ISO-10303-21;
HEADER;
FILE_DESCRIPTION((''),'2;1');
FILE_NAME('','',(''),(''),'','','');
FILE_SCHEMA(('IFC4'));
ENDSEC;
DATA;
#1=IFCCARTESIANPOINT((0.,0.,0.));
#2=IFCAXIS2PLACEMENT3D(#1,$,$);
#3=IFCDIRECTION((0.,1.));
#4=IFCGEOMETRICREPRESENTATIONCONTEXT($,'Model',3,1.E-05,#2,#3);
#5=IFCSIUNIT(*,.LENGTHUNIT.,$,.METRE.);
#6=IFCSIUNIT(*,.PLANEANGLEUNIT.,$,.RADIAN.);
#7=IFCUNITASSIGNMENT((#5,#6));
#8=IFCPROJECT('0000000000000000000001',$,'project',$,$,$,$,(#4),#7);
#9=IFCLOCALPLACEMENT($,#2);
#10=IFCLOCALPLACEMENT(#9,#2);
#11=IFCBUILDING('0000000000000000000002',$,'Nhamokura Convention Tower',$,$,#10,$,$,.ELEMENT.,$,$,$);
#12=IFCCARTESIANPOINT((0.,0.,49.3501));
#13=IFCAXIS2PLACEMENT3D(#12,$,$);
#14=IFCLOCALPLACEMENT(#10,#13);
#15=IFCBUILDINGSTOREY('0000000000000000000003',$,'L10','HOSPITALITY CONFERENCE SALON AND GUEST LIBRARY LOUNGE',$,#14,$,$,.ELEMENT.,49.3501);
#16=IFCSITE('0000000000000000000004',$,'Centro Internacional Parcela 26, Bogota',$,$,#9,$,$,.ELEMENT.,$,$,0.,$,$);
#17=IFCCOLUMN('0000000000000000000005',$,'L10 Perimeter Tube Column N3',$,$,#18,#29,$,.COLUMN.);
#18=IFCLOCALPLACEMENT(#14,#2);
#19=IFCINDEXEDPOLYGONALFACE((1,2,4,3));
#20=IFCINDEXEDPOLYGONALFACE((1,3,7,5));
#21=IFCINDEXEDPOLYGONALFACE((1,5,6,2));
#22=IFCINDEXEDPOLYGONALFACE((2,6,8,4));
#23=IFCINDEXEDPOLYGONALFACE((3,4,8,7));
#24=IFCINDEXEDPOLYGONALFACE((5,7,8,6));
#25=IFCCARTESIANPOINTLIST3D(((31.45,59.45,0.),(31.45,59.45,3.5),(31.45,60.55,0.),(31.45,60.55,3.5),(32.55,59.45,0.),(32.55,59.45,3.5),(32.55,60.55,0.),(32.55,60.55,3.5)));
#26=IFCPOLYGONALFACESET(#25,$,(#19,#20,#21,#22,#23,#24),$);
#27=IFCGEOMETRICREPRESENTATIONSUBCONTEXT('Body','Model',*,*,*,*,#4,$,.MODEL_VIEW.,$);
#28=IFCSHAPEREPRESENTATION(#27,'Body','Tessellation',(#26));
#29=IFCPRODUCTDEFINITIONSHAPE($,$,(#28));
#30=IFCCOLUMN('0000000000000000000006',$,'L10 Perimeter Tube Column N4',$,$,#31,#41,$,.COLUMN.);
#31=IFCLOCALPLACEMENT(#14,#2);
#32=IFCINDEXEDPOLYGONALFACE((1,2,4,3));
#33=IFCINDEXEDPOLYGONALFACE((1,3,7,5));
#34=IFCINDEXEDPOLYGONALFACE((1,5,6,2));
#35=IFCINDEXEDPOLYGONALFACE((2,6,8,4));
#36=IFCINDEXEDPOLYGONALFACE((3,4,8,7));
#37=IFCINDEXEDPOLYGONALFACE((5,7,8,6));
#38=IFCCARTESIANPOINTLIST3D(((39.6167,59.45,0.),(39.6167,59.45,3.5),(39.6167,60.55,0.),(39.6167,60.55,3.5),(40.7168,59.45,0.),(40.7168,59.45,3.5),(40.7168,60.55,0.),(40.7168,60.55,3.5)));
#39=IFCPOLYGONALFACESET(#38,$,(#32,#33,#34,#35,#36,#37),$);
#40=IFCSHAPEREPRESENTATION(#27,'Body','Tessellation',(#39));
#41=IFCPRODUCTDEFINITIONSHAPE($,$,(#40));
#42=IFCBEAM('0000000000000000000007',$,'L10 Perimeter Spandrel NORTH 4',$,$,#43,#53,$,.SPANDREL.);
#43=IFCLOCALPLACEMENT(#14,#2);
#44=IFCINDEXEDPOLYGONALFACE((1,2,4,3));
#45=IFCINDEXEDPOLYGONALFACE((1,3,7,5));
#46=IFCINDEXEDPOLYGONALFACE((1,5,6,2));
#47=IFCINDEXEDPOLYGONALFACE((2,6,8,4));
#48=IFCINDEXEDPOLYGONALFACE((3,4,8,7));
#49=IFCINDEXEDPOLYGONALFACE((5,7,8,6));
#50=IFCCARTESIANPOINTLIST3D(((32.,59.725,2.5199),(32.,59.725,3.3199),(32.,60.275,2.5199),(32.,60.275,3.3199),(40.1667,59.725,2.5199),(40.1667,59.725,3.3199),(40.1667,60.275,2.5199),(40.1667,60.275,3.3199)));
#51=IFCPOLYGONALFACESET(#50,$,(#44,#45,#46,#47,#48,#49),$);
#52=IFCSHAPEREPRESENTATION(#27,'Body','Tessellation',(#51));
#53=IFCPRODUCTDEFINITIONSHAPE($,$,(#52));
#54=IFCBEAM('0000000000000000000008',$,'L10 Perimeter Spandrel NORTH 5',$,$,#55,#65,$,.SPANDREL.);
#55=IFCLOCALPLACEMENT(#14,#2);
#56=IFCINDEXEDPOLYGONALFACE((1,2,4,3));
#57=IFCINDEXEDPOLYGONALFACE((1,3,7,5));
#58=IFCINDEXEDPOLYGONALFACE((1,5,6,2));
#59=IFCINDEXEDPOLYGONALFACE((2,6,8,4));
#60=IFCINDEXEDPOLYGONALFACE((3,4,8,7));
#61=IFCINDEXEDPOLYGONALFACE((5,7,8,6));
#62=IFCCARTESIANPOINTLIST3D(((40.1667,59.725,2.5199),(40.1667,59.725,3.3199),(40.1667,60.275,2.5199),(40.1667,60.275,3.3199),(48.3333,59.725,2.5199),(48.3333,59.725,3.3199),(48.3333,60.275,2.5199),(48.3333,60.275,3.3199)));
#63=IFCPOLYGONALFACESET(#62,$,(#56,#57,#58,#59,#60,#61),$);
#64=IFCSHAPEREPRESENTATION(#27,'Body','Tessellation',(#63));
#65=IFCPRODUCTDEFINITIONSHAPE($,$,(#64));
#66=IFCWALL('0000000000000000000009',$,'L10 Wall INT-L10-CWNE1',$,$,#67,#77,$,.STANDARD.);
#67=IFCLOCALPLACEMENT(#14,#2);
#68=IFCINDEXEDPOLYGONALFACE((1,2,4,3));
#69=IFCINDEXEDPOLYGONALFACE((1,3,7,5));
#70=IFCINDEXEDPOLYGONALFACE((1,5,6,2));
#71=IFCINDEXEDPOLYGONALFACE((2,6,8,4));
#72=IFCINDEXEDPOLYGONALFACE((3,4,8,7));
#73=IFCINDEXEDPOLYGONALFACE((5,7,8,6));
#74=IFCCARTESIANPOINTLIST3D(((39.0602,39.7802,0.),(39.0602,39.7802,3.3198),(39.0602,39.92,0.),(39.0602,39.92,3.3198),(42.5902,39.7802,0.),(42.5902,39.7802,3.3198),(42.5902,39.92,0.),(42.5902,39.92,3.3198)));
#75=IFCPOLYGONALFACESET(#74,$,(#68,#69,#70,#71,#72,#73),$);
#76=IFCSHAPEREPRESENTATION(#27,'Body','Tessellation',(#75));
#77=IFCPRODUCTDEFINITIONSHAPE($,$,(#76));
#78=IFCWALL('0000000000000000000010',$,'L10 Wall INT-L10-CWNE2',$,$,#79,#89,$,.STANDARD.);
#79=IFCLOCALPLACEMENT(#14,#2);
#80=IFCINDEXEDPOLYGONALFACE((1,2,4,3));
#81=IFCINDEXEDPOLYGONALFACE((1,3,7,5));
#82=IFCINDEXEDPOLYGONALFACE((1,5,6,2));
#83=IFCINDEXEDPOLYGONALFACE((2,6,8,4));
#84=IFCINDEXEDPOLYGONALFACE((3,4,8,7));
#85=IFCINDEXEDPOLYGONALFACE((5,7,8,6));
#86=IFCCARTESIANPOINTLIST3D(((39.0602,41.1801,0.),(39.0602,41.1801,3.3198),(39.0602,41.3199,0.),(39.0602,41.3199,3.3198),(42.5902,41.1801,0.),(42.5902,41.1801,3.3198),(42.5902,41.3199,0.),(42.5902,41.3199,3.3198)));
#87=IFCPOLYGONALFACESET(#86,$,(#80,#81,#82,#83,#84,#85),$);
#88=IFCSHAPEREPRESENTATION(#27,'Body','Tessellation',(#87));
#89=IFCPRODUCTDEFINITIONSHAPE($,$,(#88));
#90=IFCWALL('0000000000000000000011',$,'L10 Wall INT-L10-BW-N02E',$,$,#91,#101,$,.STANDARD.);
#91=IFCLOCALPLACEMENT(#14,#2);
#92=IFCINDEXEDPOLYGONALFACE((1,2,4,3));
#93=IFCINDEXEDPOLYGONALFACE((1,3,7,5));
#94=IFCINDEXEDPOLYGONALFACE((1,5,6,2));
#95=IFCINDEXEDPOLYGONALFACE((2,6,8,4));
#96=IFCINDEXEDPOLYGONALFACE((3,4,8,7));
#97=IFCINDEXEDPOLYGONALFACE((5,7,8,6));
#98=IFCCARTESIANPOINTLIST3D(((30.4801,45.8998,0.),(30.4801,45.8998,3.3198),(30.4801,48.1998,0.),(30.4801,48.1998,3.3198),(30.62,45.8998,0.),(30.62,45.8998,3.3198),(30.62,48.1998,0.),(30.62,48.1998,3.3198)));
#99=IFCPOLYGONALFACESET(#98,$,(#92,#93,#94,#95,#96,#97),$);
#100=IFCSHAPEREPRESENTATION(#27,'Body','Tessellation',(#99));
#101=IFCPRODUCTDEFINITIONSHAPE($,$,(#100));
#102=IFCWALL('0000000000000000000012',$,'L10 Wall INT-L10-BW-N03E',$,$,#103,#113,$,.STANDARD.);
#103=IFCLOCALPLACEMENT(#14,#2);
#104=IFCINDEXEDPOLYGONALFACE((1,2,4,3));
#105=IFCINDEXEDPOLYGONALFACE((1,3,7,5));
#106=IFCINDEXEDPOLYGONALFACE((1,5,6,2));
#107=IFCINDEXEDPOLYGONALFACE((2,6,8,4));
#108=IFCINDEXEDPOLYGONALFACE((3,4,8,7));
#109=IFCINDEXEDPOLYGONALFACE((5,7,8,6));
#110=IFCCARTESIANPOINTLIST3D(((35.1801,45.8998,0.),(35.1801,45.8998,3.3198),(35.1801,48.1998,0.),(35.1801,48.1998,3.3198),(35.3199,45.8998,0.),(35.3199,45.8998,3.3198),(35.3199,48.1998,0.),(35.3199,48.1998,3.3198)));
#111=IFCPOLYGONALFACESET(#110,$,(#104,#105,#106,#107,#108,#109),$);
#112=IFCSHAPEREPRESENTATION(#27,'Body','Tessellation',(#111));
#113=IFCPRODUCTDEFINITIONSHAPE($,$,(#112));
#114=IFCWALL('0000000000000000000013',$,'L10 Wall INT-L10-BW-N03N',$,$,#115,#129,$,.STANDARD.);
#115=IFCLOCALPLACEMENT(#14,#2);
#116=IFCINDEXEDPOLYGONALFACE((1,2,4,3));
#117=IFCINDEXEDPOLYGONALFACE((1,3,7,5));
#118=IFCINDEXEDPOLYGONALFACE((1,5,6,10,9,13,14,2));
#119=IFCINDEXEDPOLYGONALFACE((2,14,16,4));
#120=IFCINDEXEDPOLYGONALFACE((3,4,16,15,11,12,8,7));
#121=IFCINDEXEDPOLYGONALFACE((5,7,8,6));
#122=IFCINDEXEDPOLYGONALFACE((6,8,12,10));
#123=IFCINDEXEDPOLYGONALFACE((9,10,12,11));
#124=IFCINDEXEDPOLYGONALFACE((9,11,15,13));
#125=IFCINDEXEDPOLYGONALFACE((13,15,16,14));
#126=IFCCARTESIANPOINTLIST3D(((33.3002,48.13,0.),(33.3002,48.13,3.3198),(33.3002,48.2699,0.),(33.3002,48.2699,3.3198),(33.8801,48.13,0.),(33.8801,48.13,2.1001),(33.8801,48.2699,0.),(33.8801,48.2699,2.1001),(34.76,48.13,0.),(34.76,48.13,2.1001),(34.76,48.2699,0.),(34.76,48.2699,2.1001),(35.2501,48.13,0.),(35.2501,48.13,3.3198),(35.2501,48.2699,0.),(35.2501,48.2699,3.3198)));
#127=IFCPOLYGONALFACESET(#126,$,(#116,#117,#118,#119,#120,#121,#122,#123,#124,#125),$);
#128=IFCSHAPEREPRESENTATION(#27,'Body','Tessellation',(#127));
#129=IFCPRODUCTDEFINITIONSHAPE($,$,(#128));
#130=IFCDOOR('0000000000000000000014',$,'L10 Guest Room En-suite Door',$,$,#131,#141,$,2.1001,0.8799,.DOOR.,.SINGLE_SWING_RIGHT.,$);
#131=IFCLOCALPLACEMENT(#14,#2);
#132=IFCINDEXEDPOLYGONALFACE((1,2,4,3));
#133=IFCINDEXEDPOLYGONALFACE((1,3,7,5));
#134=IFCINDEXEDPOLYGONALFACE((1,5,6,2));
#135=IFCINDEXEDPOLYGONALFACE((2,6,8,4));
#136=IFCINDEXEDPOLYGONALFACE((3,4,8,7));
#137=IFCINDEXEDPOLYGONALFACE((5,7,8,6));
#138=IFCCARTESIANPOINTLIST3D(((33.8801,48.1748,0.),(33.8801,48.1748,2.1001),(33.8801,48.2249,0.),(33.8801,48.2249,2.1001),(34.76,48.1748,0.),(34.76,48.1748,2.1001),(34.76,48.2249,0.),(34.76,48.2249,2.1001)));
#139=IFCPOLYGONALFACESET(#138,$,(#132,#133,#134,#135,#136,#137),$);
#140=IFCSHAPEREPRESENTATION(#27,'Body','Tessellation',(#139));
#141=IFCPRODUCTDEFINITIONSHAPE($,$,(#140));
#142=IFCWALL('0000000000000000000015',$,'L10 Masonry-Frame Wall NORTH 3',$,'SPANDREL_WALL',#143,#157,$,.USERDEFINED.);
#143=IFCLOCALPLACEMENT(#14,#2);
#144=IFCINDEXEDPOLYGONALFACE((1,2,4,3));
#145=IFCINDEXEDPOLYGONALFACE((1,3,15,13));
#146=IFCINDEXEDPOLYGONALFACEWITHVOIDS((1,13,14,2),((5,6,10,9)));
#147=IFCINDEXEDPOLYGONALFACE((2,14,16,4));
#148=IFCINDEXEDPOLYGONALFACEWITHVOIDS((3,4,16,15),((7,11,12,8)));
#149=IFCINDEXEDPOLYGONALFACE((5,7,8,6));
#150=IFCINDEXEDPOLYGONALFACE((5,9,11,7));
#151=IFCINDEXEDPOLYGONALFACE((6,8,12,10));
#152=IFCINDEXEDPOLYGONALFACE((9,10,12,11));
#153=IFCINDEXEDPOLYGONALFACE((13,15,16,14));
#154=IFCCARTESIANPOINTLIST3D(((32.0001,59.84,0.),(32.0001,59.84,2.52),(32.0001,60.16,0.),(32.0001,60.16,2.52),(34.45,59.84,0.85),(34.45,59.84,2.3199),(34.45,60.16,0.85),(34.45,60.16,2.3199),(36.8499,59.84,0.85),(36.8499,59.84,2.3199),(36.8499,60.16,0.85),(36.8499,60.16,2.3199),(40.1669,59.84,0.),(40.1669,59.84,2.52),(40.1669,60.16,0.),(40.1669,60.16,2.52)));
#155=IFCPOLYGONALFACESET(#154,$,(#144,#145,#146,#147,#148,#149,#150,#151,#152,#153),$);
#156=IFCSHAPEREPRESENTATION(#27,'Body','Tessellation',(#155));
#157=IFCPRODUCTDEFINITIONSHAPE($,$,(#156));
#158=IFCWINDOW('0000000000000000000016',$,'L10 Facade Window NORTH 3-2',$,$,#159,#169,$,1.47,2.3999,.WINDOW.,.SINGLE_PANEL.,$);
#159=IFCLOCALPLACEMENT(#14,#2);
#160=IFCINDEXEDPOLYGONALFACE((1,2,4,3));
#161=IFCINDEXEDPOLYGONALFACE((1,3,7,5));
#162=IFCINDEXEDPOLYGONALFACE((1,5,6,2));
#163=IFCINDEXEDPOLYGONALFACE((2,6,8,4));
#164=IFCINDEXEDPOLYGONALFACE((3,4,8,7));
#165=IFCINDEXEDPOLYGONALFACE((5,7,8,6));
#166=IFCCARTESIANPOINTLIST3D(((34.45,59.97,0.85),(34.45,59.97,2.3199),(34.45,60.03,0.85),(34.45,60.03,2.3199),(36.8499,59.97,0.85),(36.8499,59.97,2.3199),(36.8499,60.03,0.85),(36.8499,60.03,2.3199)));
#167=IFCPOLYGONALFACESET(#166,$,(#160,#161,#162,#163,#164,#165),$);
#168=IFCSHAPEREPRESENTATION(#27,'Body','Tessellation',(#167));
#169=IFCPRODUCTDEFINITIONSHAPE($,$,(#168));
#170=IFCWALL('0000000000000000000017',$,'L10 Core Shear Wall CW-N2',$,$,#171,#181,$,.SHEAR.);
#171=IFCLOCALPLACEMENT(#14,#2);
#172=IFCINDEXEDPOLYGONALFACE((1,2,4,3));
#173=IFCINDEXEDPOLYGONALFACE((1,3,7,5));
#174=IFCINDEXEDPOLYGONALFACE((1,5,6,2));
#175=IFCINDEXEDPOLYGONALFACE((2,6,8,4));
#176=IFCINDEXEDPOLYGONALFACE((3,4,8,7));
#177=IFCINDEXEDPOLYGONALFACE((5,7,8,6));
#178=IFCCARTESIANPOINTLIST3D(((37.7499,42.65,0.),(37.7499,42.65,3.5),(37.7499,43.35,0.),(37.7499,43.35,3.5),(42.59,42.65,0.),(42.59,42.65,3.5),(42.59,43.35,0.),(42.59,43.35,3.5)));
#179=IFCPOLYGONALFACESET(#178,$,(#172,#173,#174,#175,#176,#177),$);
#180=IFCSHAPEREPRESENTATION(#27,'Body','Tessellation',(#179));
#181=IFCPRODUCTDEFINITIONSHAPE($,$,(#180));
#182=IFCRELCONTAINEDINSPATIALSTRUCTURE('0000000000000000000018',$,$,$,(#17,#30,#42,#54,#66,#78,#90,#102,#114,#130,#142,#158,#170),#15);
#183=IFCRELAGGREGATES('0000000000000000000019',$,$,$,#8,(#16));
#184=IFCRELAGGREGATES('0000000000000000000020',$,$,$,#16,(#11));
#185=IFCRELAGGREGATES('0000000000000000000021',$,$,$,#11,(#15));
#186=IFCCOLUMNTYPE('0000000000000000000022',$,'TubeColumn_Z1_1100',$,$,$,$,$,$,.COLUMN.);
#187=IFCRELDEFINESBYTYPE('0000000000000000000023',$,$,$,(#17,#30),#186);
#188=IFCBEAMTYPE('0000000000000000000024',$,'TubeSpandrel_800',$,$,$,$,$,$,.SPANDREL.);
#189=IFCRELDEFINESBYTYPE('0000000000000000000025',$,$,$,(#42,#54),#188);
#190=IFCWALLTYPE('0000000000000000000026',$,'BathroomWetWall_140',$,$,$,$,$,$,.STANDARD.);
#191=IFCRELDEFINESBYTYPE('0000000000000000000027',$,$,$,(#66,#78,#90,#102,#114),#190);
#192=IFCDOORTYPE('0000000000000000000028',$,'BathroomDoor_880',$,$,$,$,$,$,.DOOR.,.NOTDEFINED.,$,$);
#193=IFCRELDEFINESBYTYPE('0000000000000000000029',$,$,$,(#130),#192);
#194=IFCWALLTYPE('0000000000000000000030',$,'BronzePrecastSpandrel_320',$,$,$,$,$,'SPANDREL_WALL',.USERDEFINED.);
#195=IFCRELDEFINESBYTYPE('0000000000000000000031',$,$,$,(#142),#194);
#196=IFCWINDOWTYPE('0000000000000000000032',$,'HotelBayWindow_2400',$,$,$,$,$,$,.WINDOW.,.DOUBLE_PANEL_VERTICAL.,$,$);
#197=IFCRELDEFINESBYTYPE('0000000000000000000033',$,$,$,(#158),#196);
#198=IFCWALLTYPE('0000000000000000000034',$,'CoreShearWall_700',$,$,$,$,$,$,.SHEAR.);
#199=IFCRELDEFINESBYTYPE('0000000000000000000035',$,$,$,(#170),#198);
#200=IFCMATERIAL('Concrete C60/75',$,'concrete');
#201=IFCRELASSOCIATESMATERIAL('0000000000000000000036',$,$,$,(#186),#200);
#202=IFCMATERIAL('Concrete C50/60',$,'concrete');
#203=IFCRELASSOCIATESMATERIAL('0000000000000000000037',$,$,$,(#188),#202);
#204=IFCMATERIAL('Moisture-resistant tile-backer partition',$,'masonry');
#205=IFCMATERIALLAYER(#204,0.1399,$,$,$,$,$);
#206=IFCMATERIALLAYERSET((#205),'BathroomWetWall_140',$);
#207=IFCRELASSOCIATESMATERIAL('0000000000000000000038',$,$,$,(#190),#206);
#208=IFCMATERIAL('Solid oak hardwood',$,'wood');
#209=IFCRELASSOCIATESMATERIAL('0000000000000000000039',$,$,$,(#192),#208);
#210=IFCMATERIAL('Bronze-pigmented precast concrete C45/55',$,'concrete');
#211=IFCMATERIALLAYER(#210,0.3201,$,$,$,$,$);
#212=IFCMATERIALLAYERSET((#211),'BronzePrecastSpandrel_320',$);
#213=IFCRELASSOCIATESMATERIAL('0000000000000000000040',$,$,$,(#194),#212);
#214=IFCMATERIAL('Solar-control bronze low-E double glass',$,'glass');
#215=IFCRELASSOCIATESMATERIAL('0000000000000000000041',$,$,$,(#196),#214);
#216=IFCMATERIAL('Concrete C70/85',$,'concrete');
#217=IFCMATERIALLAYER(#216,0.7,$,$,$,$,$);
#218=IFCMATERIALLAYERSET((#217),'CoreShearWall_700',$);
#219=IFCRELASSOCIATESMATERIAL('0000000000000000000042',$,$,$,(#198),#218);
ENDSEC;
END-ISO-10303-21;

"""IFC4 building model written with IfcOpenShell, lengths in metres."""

from ifc_helpers import new_model, si_unit, direction, frame, frame_2d, origin, origin_2d, place, context, subcontext, project, spatial, rectangle, extrude, material, layer, layer_set, material_profile, profile_set, type_object, element, fill, save


model = new_model("IFC4")

# Units and contexts
model_context = context("Model", 3, precision=1e-05, world=origin(), true_north=direction((0.0, 1.0)))
body_context = subcontext(model_context, "Body", "Model", "MODEL_VIEW")
ifc_project = project(units=[si_unit("LENGTHUNIT", "METRE"), si_unit("PLANEANGLEUNIT", "RADIAN")], contexts=[model_context])

# Site, building, storey
site_placement = place(None, origin())
site = spatial("IfcSite", under=ifc_project, at=site_placement, Name="Centro Internacional Parcela 26, Bogota", CompositionType="ELEMENT", RefElevation=0.0)
building_placement = place(site_placement, origin())
building = spatial("IfcBuilding", under=site, at=building_placement, Name="Nhamokura Convention Tower", CompositionType="ELEMENT")
storey_placement = place(building_placement, frame((0.0, 0.0, 49.3501)))
storey = spatial("IfcBuildingStorey", under=building, at=storey_placement, Name="L10", Description="HOSPITALITY CONFERENCE SALON AND GUEST LIBRARY LOUNGE", CompositionType="ELEMENT", Elevation=49.3501)

# Columns
ifc_material_1 = material(Name="Concrete C60/75", Category="concrete")
ifc_material_profile_1 = material_profile(ifc_material_1, rectangle(XDim=1.1001, YDim=1.1001, at=origin_2d()))
ifc_profile_set_1 = profile_set([ifc_material_profile_1], Name="Concrete C60/75")
column_type = type_object("IfcColumnType", Name="TubeColumn_Z1_1100", PredefinedType="COLUMN", material=ifc_profile_set_1)
for number, where, z_axis, x_axis, name in (
    (1, (32.0, 60.0, 0.0), (0.0, 0.0, 1.0), (1.0, 0.0, 0.0), "L10 Perimeter Tube Column N3"),
    (2, (40.1667, 60.0, 0.0), (0.0, 0.0, 1.0), (1.0, 0.0, 0.0), "L10 Perimeter Tube Column N4"),
):
    element("IfcColumn", number, at=place(storey_placement, frame(where, z_axis=z_axis, x_axis=x_axis)), inside=storey, type_object=column_type, Name=name, PredefinedType="COLUMN", context=body_context, shape_type="SweptSolid", body=[
        extrude(rectangle(XDim=1.1001, YDim=1.1001, at=origin_2d()), origin(), (0.0, 0.0, 1.0), 3.5),
    ])

# Beams
ifc_material_2 = material(Name="Concrete C50/60", Category="concrete")
ifc_material_profile_2 = material_profile(ifc_material_2, rectangle(XDim=0.55, YDim=0.8, at=origin_2d()))
ifc_profile_set_2 = profile_set([ifc_material_profile_2], Name="Concrete C50/60")
beam_type = type_object("IfcBeamType", Name="TubeSpandrel_800", PredefinedType="SPANDREL", material=ifc_profile_set_2)
beam_1_placement = place(storey_placement, frame((32.0, 60.0, 2.9199), z_axis=(1.0, 0.0, 0.0), x_axis=(0.0, 1.0, 0.0)))
element("IfcBeam", 3, at=beam_1_placement, inside=storey, type_object=beam_type, Name="L10 Perimeter Spandrel NORTH 4", PredefinedType="SPANDREL", context=body_context, shape_type="SweptSolid", body=[
    extrude(rectangle(XDim=0.55, YDim=0.8, at=origin_2d()), origin(), (0.0, 0.0, 1.0), 8.1667),
])
beam_2_placement = place(storey_placement, frame((40.1667, 60.0, 2.9199), z_axis=(1.0, 0.0, 0.0), x_axis=(0.0, 1.0, 0.0)))
element("IfcBeam", 4, at=beam_2_placement, inside=storey, type_object=beam_type, Name="L10 Perimeter Spandrel NORTH 5", PredefinedType="SPANDREL", context=body_context, shape_type="SweptSolid", body=[
    extrude(rectangle(XDim=0.55, YDim=0.8, at=origin_2d()), origin(), (0.0, 0.0, 1.0), 8.1665),
])

# Walls
ifc_material_3 = material(Name="Moisture-resistant tile-backer partition", Category="masonry")
ifc_layer_1 = layer(ifc_material_3, 0.1399)
ifc_layer_set_1 = layer_set([ifc_layer_1], Name="BathroomWetWall_140")
wall_type_1 = type_object("IfcWallType", Name="BathroomWetWall_140", PredefinedType="STANDARD", material=ifc_layer_set_1)
for number, where, z_axis, x_axis, name in (
    (5, (39.0601, 39.8501, 0.0), (0.0, 0.0, 1.0), (1.0, 0.0, 0.0), "L10 Wall INT-L10-CWNE1"),
    (6, (39.0601, 41.25, 0.0), (0.0, 0.0, 1.0), (1.0, 0.0, 0.0), "L10 Wall INT-L10-CWNE2"),
):
    element("IfcWall", number, at=place(storey_placement, frame(where, z_axis=z_axis, x_axis=x_axis)), inside=storey, type_object=wall_type_1, Name=name, PredefinedType="STANDARD", context=body_context, shape_type="SweptSolid", body=[
        extrude(rectangle(XDim=3.53, YDim=0.1399, at=frame_2d((1.7651, 0.0))), origin(), (0.0, 0.0, 1.0), 3.3198),
    ])
for number, where, z_axis, x_axis, name in (
    (7, (30.55, 45.8999, 0.0), (0.0, 0.0, 1.0), (0.0, 1.0, 0.0), "L10 Wall INT-L10-BW-N02E"),
    (8, (35.25, 45.8999, 0.0), (0.0, 0.0, 1.0), (0.0, 1.0, 0.0), "L10 Wall INT-L10-BW-N03E"),
):
    element("IfcWall", number, at=place(storey_placement, frame(where, z_axis=z_axis, x_axis=x_axis)), inside=storey, type_object=wall_type_1, Name=name, PredefinedType="STANDARD", context=body_context, shape_type="SweptSolid", body=[
        extrude(rectangle(XDim=2.3, YDim=0.1399, at=frame_2d((1.1499, 0.0))), origin(), (0.0, 0.0, 1.0), 3.3198),
    ])

# Wall, opening, door
wall_1_placement = place(storey_placement, frame((33.3, 48.2, 0.0), z_axis=(0.0, 0.0, 1.0), x_axis=(1.0, 0.0, 0.0)))
wall_1 = element("IfcWall", 9, at=wall_1_placement, inside=storey, type_object=wall_type_1, Name="L10 Wall INT-L10-BW-N03N", PredefinedType="STANDARD", context=body_context, shape_type="SweptSolid", body=[
    extrude(rectangle(XDim=1.95, YDim=0.1399, at=frame_2d((0.9751, 0.0))), origin(), (0.0, 0.0, 1.0), 3.3198),
])
opening_1_placement = place(wall_1_placement, frame((0.5801, 0.0, 0.0)))
opening_1 = element("IfcOpeningElement", 10, at=opening_1_placement, cuts=wall_1, PredefinedType="OPENING", context=body_context, shape_type="SweptSolid", body=[
    extrude(rectangle(XDim=0.8799, YDim=2.1001, at=frame_2d((0.4399, 1.05))), frame((0.0, 0.0798, 0.0), z_axis=(0.0, -1.0, 0.0), x_axis=(1.0, 0.0, 0.0)), (0.0, 0.0, 1.0), 0.1599),
])
ifc_material_4 = material(Name="Solid oak hardwood", Category="wood")
door_type_1 = type_object("IfcDoorType", Name="BathroomDoor_880", OperationType="NOTDEFINED", PredefinedType="DOOR", material=ifc_material_4)
door_1_placement = place(opening_1_placement, origin())
door_1 = element("IfcDoor", 11, at=door_1_placement, inside=storey, type_object=door_type_1, Name="L10 Guest Room En-suite Door", OperationType="SINGLE_SWING_RIGHT", OverallHeight=2.1001, OverallWidth=0.8799, PredefinedType="DOOR", context=body_context, shape_type="SweptSolid", body=[
    extrude(rectangle(XDim=0.8799, YDim=2.1001, at=frame_2d((0.4399, 1.05))), frame((0.0, 0.0249, 0.0), z_axis=(0.0, -1.0, 0.0), x_axis=(1.0, 0.0, 0.0)), (0.0, 0.0, 1.0), 0.05),
])
fill(opening_1, door_1)

# Wall, opening, window
ifc_material_5 = material(Name="Bronze-pigmented precast concrete C45/55", Category="concrete")
ifc_layer_2 = layer(ifc_material_5, 0.3201)
ifc_layer_set_2 = layer_set([ifc_layer_2], Name="BronzePrecastSpandrel_320")
wall_type_2 = type_object("IfcWallType", Name="BronzePrecastSpandrel_320", ElementType="SPANDREL_WALL", PredefinedType="USERDEFINED", material=ifc_layer_set_2)
wall_2_placement = place(storey_placement, frame((32.0, 60.0, 0.0), z_axis=(0.0, 0.0, 1.0), x_axis=(1.0, 0.0, 0.0)))
wall_2 = element("IfcWall", 12, at=wall_2_placement, inside=storey, type_object=wall_type_2, Name="L10 Masonry-Frame Wall NORTH 3", ObjectType="SPANDREL_WALL", PredefinedType="USERDEFINED", context=body_context, shape_type="SweptSolid", body=[
    extrude(rectangle(XDim=8.1667, YDim=0.3201, at=frame_2d((4.0835, 0.0))), origin(), (0.0, 0.0, 1.0), 2.52),
])
opening_2_placement = place(wall_2_placement, frame((2.45, 0.0, 0.8501)))
opening_2 = element("IfcOpeningElement", 13, at=opening_2_placement, cuts=wall_2, PredefinedType="OPENING", context=body_context, shape_type="SweptSolid", body=[
    extrude(rectangle(XDim=2.3999, YDim=1.47, at=frame_2d((1.2, 0.7349))), frame((0.0, 0.1699, 0.0), z_axis=(0.0, -1.0, 0.0), x_axis=(1.0, 0.0, 0.0)), (0.0, 0.0, 1.0), 0.3401),
])
ifc_material_6 = material(Name="Solar-control bronze low-E double glass", Category="glass")
window_type = type_object("IfcWindowType", Name="HotelBayWindow_2400", PartitioningType="DOUBLE_PANEL_VERTICAL", PredefinedType="WINDOW", material=ifc_material_6)
window_placement = place(opening_2_placement, origin())
window = element("IfcWindow", 14, at=window_placement, inside=storey, type_object=window_type, Name="L10 Facade Window NORTH 3-2", OverallHeight=1.47, OverallWidth=2.3999, PartitioningType="SINGLE_PANEL", PredefinedType="WINDOW", context=body_context, shape_type="SweptSolid", body=[
    extrude(rectangle(XDim=2.3999, YDim=1.47, at=frame_2d((1.2, 0.7349))), frame((0.0, 0.03, 0.0), z_axis=(0.0, -1.0, 0.0), x_axis=(1.0, 0.0, 0.0)), (0.0, 0.0, 1.0), 0.0601),
])
fill(opening_2, window)

# Wall
ifc_material_7 = material(Name="Concrete C70/85", Category="concrete")
ifc_layer_3 = layer(ifc_material_7, 0.7)
ifc_layer_set_3 = layer_set([ifc_layer_3], Name="CoreShearWall_700")
wall_type_3 = type_object("IfcWallType", Name="CoreShearWall_700", PredefinedType="SHEAR", material=ifc_layer_set_3)
wall_3_placement = place(storey_placement, frame((37.75, 43.0, 0.0), z_axis=(0.0, 0.0, 1.0), x_axis=(1.0, 0.0, 0.0)))
element("IfcWall", 15, at=wall_3_placement, inside=storey, type_object=wall_type_3, Name="L10 Core Shear Wall CW-N2", PredefinedType="SHEAR", context=body_context, shape_type="SweptSolid", body=[
    extrude(rectangle(XDim=4.8401, YDim=0.7, at=frame_2d((2.4199, 0.0))), origin(), (0.0, 0.0, 1.0), 3.5),
])

save(model, "model.ifc")
